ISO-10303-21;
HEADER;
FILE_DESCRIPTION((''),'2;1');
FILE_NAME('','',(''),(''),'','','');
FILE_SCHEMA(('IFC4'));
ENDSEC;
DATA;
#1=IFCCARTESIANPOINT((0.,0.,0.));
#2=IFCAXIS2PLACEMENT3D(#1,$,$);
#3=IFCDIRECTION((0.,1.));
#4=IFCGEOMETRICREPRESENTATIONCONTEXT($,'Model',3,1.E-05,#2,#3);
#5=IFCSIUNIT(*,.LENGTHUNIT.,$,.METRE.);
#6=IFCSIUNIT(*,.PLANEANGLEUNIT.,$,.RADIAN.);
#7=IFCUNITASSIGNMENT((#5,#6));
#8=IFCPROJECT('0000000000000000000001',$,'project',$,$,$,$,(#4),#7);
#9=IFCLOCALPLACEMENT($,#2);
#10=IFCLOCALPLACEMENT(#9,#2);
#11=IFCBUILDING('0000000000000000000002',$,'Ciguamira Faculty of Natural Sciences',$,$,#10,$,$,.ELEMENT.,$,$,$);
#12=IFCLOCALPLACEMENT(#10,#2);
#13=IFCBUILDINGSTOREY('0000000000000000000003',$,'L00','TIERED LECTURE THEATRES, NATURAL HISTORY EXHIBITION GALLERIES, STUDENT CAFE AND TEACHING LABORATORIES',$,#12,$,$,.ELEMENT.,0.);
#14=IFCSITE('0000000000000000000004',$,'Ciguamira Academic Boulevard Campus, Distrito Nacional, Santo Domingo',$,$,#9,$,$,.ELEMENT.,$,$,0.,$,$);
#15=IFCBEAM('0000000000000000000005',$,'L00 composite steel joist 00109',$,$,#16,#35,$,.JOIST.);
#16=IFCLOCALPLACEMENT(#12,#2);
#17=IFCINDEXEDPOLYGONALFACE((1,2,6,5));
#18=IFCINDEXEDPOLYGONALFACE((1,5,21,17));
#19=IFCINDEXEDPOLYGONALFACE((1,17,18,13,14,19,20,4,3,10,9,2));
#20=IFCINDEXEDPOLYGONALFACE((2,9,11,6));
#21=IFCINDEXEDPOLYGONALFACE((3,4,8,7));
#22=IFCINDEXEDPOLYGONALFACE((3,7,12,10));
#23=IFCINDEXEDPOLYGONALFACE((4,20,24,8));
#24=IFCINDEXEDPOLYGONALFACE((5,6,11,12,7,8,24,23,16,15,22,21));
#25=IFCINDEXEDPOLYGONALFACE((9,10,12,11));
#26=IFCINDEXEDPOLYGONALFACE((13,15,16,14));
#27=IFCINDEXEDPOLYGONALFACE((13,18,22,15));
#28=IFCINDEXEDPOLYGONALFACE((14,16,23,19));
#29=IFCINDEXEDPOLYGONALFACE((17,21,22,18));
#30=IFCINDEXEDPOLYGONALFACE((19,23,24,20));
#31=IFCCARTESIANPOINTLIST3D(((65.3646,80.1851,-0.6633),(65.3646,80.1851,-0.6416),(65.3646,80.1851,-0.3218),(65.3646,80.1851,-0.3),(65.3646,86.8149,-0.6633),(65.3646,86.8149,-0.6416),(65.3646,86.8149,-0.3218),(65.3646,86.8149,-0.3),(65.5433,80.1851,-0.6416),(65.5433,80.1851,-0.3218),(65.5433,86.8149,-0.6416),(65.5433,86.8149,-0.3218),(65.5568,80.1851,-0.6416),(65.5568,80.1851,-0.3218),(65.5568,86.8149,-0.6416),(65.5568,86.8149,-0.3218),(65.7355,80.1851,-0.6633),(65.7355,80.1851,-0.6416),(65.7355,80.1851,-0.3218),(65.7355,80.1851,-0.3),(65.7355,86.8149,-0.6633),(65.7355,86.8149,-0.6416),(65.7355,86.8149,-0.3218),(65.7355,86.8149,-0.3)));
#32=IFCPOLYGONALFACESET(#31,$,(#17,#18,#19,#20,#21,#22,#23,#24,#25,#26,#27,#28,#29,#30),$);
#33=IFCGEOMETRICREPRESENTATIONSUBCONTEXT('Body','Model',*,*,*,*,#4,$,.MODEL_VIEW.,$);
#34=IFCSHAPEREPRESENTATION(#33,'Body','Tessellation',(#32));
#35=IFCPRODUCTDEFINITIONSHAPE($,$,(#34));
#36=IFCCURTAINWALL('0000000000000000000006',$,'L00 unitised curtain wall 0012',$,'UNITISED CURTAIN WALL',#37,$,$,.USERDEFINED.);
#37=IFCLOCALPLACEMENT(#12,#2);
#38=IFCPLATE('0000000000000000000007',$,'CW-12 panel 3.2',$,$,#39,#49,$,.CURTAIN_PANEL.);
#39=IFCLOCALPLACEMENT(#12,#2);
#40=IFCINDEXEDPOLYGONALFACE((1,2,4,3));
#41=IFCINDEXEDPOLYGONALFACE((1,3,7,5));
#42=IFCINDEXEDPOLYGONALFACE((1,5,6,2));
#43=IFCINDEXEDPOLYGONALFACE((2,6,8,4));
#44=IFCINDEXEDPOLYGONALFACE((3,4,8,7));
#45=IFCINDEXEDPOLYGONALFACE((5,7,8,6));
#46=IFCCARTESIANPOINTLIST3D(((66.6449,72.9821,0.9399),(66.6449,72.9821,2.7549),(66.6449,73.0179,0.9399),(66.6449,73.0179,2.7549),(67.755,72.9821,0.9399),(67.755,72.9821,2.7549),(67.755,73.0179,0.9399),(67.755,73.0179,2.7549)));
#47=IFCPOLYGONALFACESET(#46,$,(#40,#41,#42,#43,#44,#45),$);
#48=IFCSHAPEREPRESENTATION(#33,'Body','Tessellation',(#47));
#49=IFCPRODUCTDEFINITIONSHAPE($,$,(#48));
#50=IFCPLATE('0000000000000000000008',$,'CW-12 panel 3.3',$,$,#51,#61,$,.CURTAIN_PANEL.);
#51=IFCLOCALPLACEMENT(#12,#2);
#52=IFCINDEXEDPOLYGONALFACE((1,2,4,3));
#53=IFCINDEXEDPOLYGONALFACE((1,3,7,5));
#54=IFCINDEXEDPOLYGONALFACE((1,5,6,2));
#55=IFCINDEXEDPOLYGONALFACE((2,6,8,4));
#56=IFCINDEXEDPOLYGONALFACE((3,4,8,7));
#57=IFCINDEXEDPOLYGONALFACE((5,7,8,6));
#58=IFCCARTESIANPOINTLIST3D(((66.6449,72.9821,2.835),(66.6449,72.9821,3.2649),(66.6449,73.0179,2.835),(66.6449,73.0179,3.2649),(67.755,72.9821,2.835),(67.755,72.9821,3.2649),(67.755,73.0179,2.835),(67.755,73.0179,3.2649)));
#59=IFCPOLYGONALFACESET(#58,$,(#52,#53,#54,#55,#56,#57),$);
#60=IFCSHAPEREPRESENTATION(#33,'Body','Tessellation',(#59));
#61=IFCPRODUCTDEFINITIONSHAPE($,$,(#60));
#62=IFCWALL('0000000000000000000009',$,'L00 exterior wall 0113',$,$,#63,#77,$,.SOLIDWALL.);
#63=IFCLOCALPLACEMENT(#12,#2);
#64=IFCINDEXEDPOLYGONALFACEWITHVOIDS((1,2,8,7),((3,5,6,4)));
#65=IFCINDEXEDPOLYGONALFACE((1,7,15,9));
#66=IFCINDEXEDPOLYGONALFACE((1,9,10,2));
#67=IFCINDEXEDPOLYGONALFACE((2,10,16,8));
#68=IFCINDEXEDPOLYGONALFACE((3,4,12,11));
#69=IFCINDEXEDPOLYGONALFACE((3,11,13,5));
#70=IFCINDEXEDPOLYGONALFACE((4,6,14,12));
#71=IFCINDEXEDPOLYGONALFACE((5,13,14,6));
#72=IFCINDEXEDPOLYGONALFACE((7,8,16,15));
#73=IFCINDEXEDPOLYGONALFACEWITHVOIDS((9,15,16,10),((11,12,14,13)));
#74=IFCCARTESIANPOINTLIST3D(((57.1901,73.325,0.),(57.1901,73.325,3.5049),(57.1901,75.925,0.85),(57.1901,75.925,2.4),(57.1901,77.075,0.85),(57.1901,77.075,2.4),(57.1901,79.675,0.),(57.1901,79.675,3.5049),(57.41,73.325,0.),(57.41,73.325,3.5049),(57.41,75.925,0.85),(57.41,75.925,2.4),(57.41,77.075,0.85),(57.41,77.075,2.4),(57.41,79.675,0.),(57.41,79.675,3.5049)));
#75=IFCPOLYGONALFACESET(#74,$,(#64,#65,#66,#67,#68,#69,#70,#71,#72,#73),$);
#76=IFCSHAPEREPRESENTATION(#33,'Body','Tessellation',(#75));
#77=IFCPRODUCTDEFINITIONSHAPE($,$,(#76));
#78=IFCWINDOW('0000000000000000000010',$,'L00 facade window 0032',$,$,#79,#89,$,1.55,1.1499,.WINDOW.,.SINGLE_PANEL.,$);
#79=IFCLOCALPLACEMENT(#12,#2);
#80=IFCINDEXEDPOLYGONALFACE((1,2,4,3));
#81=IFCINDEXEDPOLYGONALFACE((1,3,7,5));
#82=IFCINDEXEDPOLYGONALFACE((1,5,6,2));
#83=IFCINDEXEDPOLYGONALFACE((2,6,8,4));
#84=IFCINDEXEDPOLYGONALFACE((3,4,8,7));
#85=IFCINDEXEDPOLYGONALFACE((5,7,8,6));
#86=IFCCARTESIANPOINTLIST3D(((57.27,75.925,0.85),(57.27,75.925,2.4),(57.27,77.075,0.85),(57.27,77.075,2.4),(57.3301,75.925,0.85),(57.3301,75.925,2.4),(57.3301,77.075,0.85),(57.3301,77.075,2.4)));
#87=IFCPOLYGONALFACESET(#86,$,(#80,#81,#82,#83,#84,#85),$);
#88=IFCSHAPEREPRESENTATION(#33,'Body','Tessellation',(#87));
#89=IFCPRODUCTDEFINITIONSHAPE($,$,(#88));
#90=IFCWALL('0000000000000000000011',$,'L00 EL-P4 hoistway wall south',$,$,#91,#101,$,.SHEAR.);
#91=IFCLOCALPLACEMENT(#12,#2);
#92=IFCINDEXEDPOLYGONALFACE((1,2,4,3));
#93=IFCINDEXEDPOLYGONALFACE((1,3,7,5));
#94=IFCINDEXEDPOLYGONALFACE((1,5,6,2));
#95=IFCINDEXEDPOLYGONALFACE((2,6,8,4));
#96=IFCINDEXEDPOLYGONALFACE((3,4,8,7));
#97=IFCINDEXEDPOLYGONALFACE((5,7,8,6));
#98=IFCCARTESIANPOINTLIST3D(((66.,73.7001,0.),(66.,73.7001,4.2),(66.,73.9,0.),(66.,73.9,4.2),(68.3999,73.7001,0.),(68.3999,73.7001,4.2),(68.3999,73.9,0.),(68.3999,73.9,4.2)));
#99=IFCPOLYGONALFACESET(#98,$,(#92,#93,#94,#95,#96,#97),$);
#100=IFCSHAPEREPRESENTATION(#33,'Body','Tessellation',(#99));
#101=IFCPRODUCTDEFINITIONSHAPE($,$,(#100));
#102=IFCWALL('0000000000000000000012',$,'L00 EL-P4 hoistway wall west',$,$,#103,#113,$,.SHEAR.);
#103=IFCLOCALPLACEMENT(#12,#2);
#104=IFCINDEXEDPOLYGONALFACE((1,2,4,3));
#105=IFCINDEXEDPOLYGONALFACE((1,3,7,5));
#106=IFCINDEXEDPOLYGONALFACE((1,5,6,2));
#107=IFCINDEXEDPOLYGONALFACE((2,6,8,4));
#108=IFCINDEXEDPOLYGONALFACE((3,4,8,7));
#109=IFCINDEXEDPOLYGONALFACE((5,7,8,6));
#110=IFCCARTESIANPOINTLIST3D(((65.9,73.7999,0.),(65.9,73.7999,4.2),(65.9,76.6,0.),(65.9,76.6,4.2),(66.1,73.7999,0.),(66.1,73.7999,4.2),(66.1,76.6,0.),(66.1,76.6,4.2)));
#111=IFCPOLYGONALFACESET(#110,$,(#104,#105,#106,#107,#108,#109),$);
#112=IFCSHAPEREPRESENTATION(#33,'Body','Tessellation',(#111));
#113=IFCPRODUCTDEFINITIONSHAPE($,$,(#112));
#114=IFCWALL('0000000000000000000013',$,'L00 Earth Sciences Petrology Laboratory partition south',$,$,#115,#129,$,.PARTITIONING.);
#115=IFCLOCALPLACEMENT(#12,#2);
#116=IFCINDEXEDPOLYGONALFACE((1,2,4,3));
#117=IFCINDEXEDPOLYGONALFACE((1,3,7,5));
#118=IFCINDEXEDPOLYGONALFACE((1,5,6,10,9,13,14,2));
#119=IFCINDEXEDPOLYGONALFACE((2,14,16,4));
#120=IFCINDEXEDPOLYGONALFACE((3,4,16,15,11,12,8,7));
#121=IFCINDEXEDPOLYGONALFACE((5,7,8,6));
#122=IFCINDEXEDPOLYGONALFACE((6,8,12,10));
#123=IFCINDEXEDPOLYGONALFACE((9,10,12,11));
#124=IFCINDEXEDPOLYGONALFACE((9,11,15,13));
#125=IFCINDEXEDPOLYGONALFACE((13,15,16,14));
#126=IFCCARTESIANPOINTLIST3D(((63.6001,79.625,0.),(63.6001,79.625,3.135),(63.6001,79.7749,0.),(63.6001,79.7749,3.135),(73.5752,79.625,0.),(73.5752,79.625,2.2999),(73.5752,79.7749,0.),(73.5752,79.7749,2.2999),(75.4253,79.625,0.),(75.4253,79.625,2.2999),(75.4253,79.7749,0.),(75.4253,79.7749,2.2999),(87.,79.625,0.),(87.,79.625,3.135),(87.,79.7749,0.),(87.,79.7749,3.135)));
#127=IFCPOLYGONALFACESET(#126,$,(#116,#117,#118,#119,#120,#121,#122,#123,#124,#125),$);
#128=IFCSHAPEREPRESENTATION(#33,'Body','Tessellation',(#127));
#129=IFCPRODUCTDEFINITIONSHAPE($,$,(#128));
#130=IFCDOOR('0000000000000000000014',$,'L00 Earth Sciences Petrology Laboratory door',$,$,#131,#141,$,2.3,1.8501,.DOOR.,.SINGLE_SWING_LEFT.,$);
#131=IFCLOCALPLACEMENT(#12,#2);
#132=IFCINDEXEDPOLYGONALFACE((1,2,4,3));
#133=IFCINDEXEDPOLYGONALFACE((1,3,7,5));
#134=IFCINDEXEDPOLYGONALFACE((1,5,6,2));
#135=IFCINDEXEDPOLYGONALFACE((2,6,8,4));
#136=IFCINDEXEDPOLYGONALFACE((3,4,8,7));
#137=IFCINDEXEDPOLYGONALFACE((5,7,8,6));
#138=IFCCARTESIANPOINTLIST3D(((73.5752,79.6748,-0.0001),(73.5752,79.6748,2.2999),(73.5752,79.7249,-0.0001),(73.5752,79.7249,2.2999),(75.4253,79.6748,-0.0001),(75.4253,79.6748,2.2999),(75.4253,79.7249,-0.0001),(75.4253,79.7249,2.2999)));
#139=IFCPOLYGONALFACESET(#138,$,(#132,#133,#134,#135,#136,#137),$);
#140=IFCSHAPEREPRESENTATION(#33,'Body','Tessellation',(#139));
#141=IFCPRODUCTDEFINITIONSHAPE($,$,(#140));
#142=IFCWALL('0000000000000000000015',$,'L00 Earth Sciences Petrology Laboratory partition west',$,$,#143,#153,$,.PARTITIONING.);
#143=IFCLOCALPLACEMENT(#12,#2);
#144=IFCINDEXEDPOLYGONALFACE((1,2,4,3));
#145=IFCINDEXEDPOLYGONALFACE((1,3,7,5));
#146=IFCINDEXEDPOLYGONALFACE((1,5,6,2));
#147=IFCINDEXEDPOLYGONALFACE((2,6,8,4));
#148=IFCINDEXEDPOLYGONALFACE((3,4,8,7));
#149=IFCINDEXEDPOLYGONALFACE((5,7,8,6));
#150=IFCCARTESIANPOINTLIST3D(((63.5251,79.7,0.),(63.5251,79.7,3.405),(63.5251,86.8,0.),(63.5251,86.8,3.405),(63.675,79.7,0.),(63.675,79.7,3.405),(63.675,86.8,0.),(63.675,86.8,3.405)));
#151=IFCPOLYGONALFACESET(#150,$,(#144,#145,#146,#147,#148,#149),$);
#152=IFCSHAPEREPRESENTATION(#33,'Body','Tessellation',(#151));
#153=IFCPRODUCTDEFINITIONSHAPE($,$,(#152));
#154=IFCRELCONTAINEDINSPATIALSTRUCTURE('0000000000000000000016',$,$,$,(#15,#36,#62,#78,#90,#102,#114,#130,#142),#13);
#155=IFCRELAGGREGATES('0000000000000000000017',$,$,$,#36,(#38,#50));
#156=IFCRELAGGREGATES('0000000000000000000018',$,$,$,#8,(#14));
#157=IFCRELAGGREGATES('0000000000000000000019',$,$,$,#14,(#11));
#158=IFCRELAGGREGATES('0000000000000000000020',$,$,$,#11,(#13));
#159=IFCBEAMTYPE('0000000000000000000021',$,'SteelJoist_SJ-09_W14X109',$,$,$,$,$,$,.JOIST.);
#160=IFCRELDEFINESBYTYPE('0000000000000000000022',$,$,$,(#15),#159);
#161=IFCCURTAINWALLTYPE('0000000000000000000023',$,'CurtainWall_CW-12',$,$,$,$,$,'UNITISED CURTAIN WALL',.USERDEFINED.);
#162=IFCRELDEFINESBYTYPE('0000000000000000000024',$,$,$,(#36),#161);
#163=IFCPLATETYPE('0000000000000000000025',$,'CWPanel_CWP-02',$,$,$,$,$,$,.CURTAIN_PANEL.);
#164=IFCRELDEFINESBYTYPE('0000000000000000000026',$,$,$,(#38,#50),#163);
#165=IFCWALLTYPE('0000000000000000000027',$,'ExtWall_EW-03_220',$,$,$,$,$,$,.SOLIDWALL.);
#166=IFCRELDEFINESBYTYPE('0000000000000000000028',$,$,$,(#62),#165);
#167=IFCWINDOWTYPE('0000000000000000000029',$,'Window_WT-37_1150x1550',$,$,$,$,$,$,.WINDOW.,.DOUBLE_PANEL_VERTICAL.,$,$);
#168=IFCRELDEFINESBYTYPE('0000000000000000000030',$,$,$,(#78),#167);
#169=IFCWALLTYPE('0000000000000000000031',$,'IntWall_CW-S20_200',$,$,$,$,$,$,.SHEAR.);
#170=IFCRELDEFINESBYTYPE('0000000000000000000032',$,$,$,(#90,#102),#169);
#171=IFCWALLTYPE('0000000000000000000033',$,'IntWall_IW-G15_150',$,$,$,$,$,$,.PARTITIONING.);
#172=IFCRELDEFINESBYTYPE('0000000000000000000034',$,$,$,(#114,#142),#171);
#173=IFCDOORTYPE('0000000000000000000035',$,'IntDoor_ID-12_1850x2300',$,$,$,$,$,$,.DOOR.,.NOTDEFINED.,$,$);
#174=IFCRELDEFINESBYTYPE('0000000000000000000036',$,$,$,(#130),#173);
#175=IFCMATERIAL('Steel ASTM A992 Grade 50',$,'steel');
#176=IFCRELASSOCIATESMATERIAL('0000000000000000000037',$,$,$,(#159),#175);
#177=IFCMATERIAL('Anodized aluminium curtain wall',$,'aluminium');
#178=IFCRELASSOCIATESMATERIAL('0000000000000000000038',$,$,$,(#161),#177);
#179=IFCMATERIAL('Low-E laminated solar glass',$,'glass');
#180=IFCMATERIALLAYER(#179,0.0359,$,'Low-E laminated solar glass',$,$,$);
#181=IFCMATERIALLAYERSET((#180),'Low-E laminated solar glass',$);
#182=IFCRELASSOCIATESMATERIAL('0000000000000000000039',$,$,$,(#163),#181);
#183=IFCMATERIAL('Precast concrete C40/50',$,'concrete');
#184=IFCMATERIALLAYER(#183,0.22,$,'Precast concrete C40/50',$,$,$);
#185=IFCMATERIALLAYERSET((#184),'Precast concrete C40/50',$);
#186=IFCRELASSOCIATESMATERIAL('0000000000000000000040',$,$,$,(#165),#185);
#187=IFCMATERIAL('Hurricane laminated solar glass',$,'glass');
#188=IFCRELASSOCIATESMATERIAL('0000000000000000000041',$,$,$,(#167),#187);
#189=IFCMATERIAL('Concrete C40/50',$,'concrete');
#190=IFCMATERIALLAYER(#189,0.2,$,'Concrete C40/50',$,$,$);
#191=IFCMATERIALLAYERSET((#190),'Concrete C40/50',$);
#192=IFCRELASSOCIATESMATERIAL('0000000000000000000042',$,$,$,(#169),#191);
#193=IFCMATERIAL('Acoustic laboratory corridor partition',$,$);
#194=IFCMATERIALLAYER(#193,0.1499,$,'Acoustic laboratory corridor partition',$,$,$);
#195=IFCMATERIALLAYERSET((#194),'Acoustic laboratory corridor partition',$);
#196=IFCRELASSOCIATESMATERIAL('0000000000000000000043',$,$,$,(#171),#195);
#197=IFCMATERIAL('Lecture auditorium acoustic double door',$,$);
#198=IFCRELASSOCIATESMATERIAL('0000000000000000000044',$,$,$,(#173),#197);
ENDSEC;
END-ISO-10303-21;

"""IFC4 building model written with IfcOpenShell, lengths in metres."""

from ifc_helpers import new_model, si_unit, direction, frame, frame_2d, origin, origin_2d, place, context, subcontext, project, spatial, rectangle, i_section, extrude, material, layer, layer_set, material_profile, profile_set, type_object, element, fill, aggregate, save


model = new_model("IFC4")

# Units and contexts
model_context = context("Model", 3, precision=1e-05, world=origin(), true_north=direction((0.0, 1.0)))
body_context = subcontext(model_context, "Body", "Model", "MODEL_VIEW")
ifc_project = project(units=[si_unit("LENGTHUNIT", "METRE"), si_unit("PLANEANGLEUNIT", "RADIAN")], contexts=[model_context])

# Site, building, storey
site_placement = place(None, origin())
site = spatial("IfcSite", under=ifc_project, at=site_placement, Name="Ciguamira Academic Boulevard Campus, Distrito Nacional, Santo Domingo", CompositionType="ELEMENT", RefElevation=0.0)
building_placement = place(site_placement, origin())
building = spatial("IfcBuilding", under=site, at=building_placement, Name="Ciguamira Faculty of Natural Sciences", CompositionType="ELEMENT")
storey_placement = place(building_placement, origin())
storey = spatial("IfcBuildingStorey", under=building, at=storey_placement, Name="L00", Description="TIERED LECTURE THEATRES, NATURAL HISTORY EXHIBITION GALLERIES, STUDENT CAFE AND TEACHING LABORATORIES", CompositionType="ELEMENT", Elevation=0.0)

# Shared definitions
ifc_material_1 = material(Name="Concrete C40/50", Category="concrete")

# Beam
ifc_material_2 = material(Name="Precast concrete C40/50", Category="concrete")
ifc_material_3 = material(Name="Steel ASTM A992 Grade 50", Category="steel")
ifc_material_profile_1 = material_profile(ifc_material_3, i_section(OverallWidth=0.3708, OverallDepth=0.3633, WebThickness=0.0134, FlangeThickness=0.0217, at=origin_2d()), Name="W14X109")
ifc_profile_set_1 = profile_set([ifc_material_profile_1], Name="Steel ASTM A992 Grade 50")
beam_type_1 = type_object("IfcBeamType", Name="SteelJoist_SJ-09_W14X109", PredefinedType="JOIST", material=ifc_profile_set_1)
beam_1_placement = place(storey_placement, frame((65.55, 80.1851, -0.4817), z_axis=(0.0, 1.0, 0.0), x_axis=(-1.0, 0.0, 0.0)))
element("IfcBeam", 1, at=beam_1_placement, inside=storey, type_object=beam_type_1, Name="L00 composite steel joist 00109", PredefinedType="JOIST", context=body_context, shape_type="SweptSolid", body=[
    extrude(i_section(OverallWidth=0.3708, OverallDepth=0.3633, WebThickness=0.0134, FlangeThickness=0.0217, at=origin_2d()), origin(), (0.0, 0.0, 1.0), 6.6299),
])

# Curtain wall, plates
ifc_material_4 = material(Name="Anodized aluminium curtain wall", Category="aluminium")
curtain_wall_type = type_object("IfcCurtainWallType", Name="CurtainWall_CW-12", ElementType="UNITISED CURTAIN WALL", PredefinedType="USERDEFINED", material=ifc_material_4)
curtain_wall_placement = place(storey_placement, origin())
curtain_wall = element("IfcCurtainWall", 2, at=curtain_wall_placement, inside=storey, type_object=curtain_wall_type, Name="L00 unitised curtain wall 0012", ObjectType="UNITISED CURTAIN WALL", PredefinedType="USERDEFINED")
ifc_material_5 = material(Name="Low-E laminated solar glass", Category="glass")
ifc_layer_1 = layer(ifc_material_5, 0.0359, Name="Low-E laminated solar glass")
ifc_layer_set_1 = layer_set([ifc_layer_1], Name="Low-E laminated solar glass")
plate_type = type_object("IfcPlateType", Name="CWPanel_CWP-02", PredefinedType="CURTAIN_PANEL", material=ifc_layer_set_1)
plate_1_placement = place(storey_placement, frame((67.2, 73.0, 0.9399), z_axis=(0.0, 0.0, 1.0), x_axis=(1.0, 0.0, 0.0)))
plate_1 = element("IfcPlate", 3, at=plate_1_placement, type_object=plate_type, Name="CW-12 panel 3.2", PredefinedType="CURTAIN_PANEL", context=body_context, shape_type="SweptSolid", body=[
    extrude(rectangle(XDim=1.1101, YDim=0.0359, at=origin_2d()), origin(), (0.0, 0.0, 1.0), 1.8149),
])
plate_2_placement = place(storey_placement, frame((67.2, 73.0, 2.835), z_axis=(0.0, 0.0, 1.0), x_axis=(1.0, 0.0, 0.0)))
plate_2 = element("IfcPlate", 4, at=plate_2_placement, type_object=plate_type, Name="CW-12 panel 3.3", PredefinedType="CURTAIN_PANEL", context=body_context, shape_type="SweptSolid", body=[
    extrude(rectangle(XDim=1.1101, YDim=0.0359, at=origin_2d()), origin(), (0.0, 0.0, 1.0), 0.4299),
])
aggregate(curtain_wall, [plate_1, plate_2])

# Wall, opening, window
ifc_layer_2 = layer(ifc_material_2, 0.22, Name="Precast concrete C40/50")
ifc_layer_set_2 = layer_set([ifc_layer_2], Name="Precast concrete C40/50")
wall_type_1 = type_object("IfcWallType", Name="ExtWall_EW-03_220", PredefinedType="SOLIDWALL", material=ifc_layer_set_2)
wall_1_placement = place(storey_placement, frame((57.3, 73.325, 0.0), z_axis=(0.0, 0.0, 1.0), x_axis=(0.0, 1.0, 0.0)))
wall_1 = element("IfcWall", 5, at=wall_1_placement, inside=storey, type_object=wall_type_1, Name="L00 exterior wall 0113", PredefinedType="SOLIDWALL", context=body_context, shape_type="SweptSolid", body=[
    extrude(rectangle(XDim=6.3501, YDim=0.22, at=frame_2d((3.175, 0.0))), origin(), (0.0, 0.0, 1.0), 3.5049),
])
opening_1_placement = place(wall_1_placement, frame((2.6001, 0.0, 0.8501)))
opening_1 = element("IfcOpeningElement", 6, at=opening_1_placement, cuts=wall_1, PredefinedType="OPENING", context=body_context, shape_type="SweptSolid", body=[
    extrude(rectangle(XDim=1.1499, YDim=1.55, at=frame_2d((0.575, 0.7749))), frame((0.0, 0.1199, 0.0), z_axis=(0.0, -1.0, 0.0), x_axis=(1.0, 0.0, 0.0)), (0.0, 0.0, 1.0), 0.24),
])
ifc_material_6 = material(Name="Hurricane laminated solar glass", Category="glass")
window_type = type_object("IfcWindowType", Name="Window_WT-37_1150x1550", PartitioningType="DOUBLE_PANEL_VERTICAL", PredefinedType="WINDOW", material=ifc_material_6)
window_placement = place(opening_1_placement, origin())
window = element("IfcWindow", 7, at=window_placement, inside=storey, type_object=window_type, Name="L00 facade window 0032", OverallHeight=1.55, OverallWidth=1.1499, PartitioningType="SINGLE_PANEL", PredefinedType="WINDOW", context=body_context, shape_type="SweptSolid", body=[
    extrude(rectangle(XDim=1.1499, YDim=1.55, at=frame_2d((0.575, 0.7749))), frame((0.0, 0.03, 0.0), z_axis=(0.0, -1.0, 0.0), x_axis=(1.0, 0.0, 0.0)), (0.0, 0.0, 1.0), 0.0601),
])
fill(opening_1, window)

# Wall
ifc_layer_3 = layer(ifc_material_1, 0.2, Name="Concrete C40/50")
ifc_layer_set_3 = layer_set([ifc_layer_3], Name="Concrete C40/50")
wall_type_2 = type_object("IfcWallType", Name="IntWall_CW-S20_200", PredefinedType="SHEAR", material=ifc_layer_set_3)
wall_2_placement = place(storey_placement, frame((66.0, 73.8, 0.0), z_axis=(0.0, 0.0, 1.0), x_axis=(1.0, 0.0, 0.0)))
element("IfcWall", 8, at=wall_2_placement, inside=storey, type_object=wall_type_2, Name="L00 EL-P4 hoistway wall south", PredefinedType="SHEAR", context=body_context, shape_type="SweptSolid", body=[
    extrude(rectangle(XDim=2.3999, YDim=0.2, at=frame_2d((1.2, 0.0))), origin(), (0.0, 0.0, 1.0), 4.2),
])

# Wall
wall_3_placement = place(storey_placement, frame((66.0, 73.8, 0.0), z_axis=(0.0, 0.0, 1.0), x_axis=(0.0, 1.0, 0.0)))
element("IfcWall", 9, at=wall_3_placement, inside=storey, type_object=wall_type_2, Name="L00 EL-P4 hoistway wall west", PredefinedType="SHEAR", context=body_context, shape_type="SweptSolid", body=[
    extrude(rectangle(XDim=2.8, YDim=0.2, at=frame_2d((1.3999, 0.0))), origin(), (0.0, 0.0, 1.0), 4.2),
])

# Wall, opening, door
ifc_material_7 = material(Name="Acoustic laboratory corridor partition")
ifc_layer_4 = layer(ifc_material_7, 0.1499, Name="Acoustic laboratory corridor partition")
ifc_layer_set_4 = layer_set([ifc_layer_4], Name="Acoustic laboratory corridor partition")
wall_type_3 = type_object("IfcWallType", Name="IntWall_IW-G15_150", PredefinedType="PARTITIONING", material=ifc_layer_set_4)
wall_4_placement = place(storey_placement, frame((63.6001, 79.7, 0.0), z_axis=(0.0, 0.0, 1.0), x_axis=(1.0, 0.0, 0.0)))
wall_4 = element("IfcWall", 10, at=wall_4_placement, inside=storey, type_object=wall_type_3, Name="L00 Earth Sciences Petrology Laboratory partition south", PredefinedType="PARTITIONING", context=body_context, shape_type="SweptSolid", body=[
    extrude(rectangle(XDim=23.3999, YDim=0.1499, at=frame_2d((11.7, 0.0))), origin(), (0.0, 0.0, 1.0), 3.135),
])
opening_2_placement = place(wall_4_placement, frame((9.9751, 0.0, 0.0)))
opening_2 = element("IfcOpeningElement", 11, at=opening_2_placement, cuts=wall_4, PredefinedType="OPENING", context=body_context, shape_type="SweptSolid", body=[
    extrude(rectangle(XDim=1.8501, YDim=2.3, at=frame_2d((0.925, 1.1499))), frame((0.0, 0.085, 0.0), z_axis=(0.0, -1.0, 0.0), x_axis=(1.0, 0.0, 0.0)), (0.0, 0.0, 1.0), 0.1699),
])
ifc_material_8 = material(Name="Lecture auditorium acoustic double door")
door_type_1 = type_object("IfcDoorType", Name="IntDoor_ID-12_1850x2300", OperationType="NOTDEFINED", PredefinedType="DOOR", material=ifc_material_8)
door_1_placement = place(opening_2_placement, origin())
door_1 = element("IfcDoor", 12, at=door_1_placement, inside=storey, type_object=door_type_1, Name="L00 Earth Sciences Petrology Laboratory door", OperationType="SINGLE_SWING_LEFT", OverallHeight=2.3, OverallWidth=1.8501, PredefinedType="DOOR", context=body_context, shape_type="SweptSolid", body=[
    extrude(rectangle(XDim=1.8501, YDim=2.3, at=frame_2d((0.925, 1.1499))), frame((0.0, 0.0249, 0.0), z_axis=(0.0, -1.0, 0.0), x_axis=(1.0, 0.0, 0.0)), (0.0, 0.0, 1.0), 0.05),
])
fill(opening_2, door_1)

# Wall
wall_5_placement = place(storey_placement, frame((63.6001, 79.7, 0.0), z_axis=(0.0, 0.0, 1.0), x_axis=(0.0, 1.0, 0.0)))
element("IfcWall", 13, at=wall_5_placement, inside=storey, type_object=wall_type_3, Name="L00 Earth Sciences Petrology Laboratory partition west", PredefinedType="PARTITIONING", context=body_context, shape_type="SweptSolid", body=[
    extrude(rectangle(XDim=7.1001, YDim=0.1499, at=frame_2d((3.55, 0.0))), origin(), (0.0, 0.0, 1.0), 3.405),
])

save(model, "model.ifc")
